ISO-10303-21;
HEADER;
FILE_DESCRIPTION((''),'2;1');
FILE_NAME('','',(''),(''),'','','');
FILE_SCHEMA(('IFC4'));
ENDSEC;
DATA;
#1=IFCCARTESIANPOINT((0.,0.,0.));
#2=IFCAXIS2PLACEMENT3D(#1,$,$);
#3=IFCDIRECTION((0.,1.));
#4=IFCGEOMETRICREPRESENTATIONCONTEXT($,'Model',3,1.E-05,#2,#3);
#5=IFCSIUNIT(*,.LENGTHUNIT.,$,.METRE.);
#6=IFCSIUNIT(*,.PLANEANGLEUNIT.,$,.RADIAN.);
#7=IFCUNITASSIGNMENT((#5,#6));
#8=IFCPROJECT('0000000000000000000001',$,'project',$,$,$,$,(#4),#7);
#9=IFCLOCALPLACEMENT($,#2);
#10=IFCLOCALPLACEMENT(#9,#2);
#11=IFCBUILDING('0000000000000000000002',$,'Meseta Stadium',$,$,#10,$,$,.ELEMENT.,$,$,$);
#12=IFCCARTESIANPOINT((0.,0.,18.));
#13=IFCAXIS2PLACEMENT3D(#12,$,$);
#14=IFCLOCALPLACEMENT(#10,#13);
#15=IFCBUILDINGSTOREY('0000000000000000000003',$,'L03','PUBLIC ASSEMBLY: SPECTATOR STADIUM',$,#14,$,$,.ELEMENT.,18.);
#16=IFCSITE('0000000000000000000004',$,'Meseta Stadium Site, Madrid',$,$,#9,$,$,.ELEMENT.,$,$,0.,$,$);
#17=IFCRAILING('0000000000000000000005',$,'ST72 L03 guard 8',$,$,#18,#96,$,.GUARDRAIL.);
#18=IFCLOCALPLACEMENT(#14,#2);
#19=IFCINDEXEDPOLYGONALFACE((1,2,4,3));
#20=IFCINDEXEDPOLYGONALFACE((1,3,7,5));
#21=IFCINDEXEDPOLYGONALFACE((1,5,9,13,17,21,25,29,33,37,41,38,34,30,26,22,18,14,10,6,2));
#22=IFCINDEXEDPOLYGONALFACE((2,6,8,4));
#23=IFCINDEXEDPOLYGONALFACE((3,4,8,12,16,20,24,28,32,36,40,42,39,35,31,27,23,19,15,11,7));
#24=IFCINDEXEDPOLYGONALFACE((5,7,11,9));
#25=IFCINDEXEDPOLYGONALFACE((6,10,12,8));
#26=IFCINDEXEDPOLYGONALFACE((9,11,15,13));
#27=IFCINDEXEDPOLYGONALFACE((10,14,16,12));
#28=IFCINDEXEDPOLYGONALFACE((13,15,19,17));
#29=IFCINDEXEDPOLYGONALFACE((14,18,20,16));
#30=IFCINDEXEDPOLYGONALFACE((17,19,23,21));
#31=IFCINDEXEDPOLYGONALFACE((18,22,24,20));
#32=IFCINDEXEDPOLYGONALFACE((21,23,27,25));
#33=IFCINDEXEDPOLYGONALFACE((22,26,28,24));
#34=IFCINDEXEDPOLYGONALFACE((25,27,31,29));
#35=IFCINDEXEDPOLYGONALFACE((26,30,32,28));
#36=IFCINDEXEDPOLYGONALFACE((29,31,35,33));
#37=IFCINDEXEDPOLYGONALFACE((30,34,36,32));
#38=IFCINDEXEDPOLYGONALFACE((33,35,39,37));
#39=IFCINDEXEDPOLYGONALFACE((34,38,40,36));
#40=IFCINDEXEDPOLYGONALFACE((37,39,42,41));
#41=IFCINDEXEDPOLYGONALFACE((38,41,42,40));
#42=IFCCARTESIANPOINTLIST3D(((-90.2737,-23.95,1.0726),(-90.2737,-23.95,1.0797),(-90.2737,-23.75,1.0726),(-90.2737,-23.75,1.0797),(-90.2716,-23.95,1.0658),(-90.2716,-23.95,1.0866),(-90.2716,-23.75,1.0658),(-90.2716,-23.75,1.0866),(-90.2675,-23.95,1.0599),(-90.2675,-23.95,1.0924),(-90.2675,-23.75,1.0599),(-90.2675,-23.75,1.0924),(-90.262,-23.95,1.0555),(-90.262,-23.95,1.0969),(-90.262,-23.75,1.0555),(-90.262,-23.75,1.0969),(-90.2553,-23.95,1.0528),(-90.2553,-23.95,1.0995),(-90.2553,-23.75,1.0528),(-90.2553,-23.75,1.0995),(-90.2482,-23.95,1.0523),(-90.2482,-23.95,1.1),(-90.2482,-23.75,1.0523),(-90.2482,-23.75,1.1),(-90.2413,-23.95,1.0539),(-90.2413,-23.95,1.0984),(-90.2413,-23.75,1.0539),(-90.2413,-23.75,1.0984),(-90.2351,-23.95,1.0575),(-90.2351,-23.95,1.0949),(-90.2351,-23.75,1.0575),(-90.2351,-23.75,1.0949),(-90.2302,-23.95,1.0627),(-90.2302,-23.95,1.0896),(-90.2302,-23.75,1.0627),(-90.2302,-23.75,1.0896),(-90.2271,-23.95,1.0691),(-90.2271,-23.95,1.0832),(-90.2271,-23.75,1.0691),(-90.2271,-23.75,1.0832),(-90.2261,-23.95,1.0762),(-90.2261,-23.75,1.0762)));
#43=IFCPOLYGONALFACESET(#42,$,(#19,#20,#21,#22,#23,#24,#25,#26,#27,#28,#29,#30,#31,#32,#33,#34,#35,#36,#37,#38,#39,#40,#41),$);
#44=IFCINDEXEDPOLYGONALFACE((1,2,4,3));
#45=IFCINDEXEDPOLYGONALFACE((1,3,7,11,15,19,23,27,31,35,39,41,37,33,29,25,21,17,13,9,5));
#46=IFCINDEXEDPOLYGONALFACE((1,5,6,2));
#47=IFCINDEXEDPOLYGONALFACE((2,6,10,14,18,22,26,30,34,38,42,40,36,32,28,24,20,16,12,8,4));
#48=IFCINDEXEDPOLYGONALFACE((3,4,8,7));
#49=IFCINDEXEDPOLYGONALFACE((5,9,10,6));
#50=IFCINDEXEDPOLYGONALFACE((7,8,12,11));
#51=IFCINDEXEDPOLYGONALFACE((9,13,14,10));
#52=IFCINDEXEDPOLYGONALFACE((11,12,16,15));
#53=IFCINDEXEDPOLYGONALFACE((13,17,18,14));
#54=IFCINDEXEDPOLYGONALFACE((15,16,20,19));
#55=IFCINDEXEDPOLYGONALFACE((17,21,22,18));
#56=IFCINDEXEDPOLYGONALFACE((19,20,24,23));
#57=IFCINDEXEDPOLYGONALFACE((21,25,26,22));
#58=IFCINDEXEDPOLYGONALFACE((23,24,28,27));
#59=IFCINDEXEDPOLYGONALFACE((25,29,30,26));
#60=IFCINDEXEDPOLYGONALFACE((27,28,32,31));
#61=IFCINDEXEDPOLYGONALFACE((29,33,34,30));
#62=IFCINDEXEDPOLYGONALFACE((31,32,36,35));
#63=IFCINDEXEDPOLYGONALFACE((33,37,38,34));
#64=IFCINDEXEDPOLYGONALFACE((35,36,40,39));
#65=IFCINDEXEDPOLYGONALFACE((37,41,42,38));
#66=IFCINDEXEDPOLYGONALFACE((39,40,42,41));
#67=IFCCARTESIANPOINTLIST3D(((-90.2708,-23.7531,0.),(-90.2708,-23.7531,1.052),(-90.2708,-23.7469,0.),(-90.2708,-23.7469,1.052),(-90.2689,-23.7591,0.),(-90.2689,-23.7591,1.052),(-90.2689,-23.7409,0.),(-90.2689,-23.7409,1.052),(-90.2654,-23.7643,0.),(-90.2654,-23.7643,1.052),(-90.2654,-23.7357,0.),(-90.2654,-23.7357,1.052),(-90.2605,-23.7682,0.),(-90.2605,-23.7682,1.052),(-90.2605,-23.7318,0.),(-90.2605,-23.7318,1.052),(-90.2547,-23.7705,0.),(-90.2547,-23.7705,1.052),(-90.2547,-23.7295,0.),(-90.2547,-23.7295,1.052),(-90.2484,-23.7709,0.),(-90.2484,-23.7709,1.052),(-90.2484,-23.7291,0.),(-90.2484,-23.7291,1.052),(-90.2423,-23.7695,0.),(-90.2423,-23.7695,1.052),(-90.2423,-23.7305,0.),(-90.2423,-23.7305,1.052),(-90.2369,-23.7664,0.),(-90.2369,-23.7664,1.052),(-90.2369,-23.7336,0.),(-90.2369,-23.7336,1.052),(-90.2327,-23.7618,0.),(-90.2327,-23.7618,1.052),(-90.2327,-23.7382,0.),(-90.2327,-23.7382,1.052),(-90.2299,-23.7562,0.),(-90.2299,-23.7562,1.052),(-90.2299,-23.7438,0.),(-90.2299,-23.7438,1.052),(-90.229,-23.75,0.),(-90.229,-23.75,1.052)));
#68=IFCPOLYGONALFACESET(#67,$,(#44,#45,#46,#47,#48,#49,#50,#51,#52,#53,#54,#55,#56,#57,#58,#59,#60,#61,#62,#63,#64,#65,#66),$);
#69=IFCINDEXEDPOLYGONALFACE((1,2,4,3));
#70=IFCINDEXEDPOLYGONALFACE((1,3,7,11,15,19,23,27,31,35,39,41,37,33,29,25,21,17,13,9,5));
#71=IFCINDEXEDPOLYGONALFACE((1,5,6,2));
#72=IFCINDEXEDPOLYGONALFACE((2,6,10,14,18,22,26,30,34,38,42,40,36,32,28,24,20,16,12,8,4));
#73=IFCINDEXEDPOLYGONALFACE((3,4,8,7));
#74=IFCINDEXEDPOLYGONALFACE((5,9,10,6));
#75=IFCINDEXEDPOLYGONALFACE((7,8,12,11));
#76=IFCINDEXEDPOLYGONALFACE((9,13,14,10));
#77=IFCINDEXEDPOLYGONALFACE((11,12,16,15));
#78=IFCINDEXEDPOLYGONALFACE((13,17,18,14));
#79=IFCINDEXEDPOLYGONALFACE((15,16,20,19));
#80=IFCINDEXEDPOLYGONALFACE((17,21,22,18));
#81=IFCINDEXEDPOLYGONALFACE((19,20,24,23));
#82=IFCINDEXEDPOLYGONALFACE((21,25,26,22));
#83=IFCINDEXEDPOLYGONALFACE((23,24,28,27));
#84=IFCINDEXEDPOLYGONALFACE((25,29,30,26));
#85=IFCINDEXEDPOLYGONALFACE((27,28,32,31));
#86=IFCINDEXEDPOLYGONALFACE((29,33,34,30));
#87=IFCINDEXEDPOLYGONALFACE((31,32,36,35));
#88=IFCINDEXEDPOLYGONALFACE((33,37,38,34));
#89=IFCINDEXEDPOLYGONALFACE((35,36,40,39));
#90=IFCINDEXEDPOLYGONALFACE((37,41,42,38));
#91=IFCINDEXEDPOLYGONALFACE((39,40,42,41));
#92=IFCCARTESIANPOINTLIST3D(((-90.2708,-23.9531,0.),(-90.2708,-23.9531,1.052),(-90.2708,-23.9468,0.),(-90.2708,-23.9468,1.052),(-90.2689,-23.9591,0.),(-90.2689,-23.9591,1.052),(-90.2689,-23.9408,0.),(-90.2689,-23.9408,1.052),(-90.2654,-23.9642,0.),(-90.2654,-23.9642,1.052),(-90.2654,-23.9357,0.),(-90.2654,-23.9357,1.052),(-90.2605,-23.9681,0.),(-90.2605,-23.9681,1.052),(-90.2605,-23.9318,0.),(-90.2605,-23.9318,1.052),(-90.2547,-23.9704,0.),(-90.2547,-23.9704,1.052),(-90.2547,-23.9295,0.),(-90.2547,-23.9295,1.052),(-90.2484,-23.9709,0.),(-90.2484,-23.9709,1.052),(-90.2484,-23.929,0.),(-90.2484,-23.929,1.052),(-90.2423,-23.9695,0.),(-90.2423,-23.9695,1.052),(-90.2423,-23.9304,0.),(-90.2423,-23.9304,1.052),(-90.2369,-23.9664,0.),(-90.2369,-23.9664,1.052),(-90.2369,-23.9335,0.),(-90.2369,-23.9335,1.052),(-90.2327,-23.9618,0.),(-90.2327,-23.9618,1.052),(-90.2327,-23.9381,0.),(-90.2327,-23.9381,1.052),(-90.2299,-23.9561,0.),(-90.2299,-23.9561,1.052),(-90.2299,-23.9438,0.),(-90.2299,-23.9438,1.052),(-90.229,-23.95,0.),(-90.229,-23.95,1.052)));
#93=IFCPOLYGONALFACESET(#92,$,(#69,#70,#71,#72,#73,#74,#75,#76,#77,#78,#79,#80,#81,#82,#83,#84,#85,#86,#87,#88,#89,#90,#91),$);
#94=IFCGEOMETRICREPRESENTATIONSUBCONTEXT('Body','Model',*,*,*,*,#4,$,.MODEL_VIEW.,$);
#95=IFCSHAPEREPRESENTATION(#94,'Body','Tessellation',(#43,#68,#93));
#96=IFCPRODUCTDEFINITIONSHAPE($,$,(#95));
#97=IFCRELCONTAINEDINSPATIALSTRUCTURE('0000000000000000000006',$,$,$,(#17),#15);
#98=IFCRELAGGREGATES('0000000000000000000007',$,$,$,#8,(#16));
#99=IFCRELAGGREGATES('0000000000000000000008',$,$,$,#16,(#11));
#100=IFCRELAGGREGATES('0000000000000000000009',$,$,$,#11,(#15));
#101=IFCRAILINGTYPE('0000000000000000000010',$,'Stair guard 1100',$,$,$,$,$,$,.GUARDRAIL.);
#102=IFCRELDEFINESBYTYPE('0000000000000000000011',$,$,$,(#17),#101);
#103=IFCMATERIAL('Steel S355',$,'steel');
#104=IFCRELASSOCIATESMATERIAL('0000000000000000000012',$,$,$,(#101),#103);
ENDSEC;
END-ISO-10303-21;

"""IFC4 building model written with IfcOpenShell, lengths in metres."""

from ifc_helpers import new_model, si_unit, direction, frame, origin, origin_2d, place, context, subcontext, project, spatial, circle, extrude, material, type_object, element, save


model = new_model("IFC4")

# Units and contexts
model_context = context("Model", 3, precision=1e-05, world=origin(), true_north=direction((0.0, 1.0)))
body_context = subcontext(model_context, "Body", "Model", "MODEL_VIEW")
ifc_project = project(units=[si_unit("LENGTHUNIT", "METRE"), si_unit("PLANEANGLEUNIT", "RADIAN")], contexts=[model_context])

# Site, building, storey
site_placement = place(None, origin())
site = spatial("IfcSite", under=ifc_project, at=site_placement, Name="Meseta Stadium Site, Madrid", CompositionType="ELEMENT", RefElevation=0.0)
building_placement = place(site_placement, origin())
building = spatial("IfcBuilding", under=site, at=building_placement, Name="Meseta Stadium", CompositionType="ELEMENT")
storey_placement = place(building_placement, frame((0.0, 0.0, 18.0)))
storey = spatial("IfcBuildingStorey", under=building, at=storey_placement, Name="L03", Description="PUBLIC ASSEMBLY: SPECTATOR STADIUM", CompositionType="ELEMENT", Elevation=18.0)

# Railing
ifc_material_1 = material(Name="Steel S355", Category="steel")
railing_type_1 = type_object("IfcRailingType", Name="Stair guard 1100", PredefinedType="GUARDRAIL", material=ifc_material_1)
railing_1_placement = place(storey_placement, frame((-90.25, -23.75, 0.0)))
element("IfcRailing", 1, at=railing_1_placement, inside=storey, type_object=railing_type_1, Name="ST72 L03 guard 8", PredefinedType="GUARDRAIL", context=body_context, shape_type="SweptSolid", body=[
    extrude(circle(Radius=0.0239, at=origin_2d()), frame((0.0, 0.0, 1.0762), z_axis=(0.0, -1.0, 0.0), x_axis=(1.0, 0.0, 0.0)), (0.0, 0.0, 1.0), 0.2),
    extrude(circle(Radius=0.021, at=origin_2d()), origin(), (0.0, 0.0, 1.0), 1.052),
    extrude(circle(Radius=0.021, at=origin_2d()), frame((0.0, -0.2, 0.0)), (0.0, 0.0, 1.0), 1.052),
])

save(model, "model.ifc")
